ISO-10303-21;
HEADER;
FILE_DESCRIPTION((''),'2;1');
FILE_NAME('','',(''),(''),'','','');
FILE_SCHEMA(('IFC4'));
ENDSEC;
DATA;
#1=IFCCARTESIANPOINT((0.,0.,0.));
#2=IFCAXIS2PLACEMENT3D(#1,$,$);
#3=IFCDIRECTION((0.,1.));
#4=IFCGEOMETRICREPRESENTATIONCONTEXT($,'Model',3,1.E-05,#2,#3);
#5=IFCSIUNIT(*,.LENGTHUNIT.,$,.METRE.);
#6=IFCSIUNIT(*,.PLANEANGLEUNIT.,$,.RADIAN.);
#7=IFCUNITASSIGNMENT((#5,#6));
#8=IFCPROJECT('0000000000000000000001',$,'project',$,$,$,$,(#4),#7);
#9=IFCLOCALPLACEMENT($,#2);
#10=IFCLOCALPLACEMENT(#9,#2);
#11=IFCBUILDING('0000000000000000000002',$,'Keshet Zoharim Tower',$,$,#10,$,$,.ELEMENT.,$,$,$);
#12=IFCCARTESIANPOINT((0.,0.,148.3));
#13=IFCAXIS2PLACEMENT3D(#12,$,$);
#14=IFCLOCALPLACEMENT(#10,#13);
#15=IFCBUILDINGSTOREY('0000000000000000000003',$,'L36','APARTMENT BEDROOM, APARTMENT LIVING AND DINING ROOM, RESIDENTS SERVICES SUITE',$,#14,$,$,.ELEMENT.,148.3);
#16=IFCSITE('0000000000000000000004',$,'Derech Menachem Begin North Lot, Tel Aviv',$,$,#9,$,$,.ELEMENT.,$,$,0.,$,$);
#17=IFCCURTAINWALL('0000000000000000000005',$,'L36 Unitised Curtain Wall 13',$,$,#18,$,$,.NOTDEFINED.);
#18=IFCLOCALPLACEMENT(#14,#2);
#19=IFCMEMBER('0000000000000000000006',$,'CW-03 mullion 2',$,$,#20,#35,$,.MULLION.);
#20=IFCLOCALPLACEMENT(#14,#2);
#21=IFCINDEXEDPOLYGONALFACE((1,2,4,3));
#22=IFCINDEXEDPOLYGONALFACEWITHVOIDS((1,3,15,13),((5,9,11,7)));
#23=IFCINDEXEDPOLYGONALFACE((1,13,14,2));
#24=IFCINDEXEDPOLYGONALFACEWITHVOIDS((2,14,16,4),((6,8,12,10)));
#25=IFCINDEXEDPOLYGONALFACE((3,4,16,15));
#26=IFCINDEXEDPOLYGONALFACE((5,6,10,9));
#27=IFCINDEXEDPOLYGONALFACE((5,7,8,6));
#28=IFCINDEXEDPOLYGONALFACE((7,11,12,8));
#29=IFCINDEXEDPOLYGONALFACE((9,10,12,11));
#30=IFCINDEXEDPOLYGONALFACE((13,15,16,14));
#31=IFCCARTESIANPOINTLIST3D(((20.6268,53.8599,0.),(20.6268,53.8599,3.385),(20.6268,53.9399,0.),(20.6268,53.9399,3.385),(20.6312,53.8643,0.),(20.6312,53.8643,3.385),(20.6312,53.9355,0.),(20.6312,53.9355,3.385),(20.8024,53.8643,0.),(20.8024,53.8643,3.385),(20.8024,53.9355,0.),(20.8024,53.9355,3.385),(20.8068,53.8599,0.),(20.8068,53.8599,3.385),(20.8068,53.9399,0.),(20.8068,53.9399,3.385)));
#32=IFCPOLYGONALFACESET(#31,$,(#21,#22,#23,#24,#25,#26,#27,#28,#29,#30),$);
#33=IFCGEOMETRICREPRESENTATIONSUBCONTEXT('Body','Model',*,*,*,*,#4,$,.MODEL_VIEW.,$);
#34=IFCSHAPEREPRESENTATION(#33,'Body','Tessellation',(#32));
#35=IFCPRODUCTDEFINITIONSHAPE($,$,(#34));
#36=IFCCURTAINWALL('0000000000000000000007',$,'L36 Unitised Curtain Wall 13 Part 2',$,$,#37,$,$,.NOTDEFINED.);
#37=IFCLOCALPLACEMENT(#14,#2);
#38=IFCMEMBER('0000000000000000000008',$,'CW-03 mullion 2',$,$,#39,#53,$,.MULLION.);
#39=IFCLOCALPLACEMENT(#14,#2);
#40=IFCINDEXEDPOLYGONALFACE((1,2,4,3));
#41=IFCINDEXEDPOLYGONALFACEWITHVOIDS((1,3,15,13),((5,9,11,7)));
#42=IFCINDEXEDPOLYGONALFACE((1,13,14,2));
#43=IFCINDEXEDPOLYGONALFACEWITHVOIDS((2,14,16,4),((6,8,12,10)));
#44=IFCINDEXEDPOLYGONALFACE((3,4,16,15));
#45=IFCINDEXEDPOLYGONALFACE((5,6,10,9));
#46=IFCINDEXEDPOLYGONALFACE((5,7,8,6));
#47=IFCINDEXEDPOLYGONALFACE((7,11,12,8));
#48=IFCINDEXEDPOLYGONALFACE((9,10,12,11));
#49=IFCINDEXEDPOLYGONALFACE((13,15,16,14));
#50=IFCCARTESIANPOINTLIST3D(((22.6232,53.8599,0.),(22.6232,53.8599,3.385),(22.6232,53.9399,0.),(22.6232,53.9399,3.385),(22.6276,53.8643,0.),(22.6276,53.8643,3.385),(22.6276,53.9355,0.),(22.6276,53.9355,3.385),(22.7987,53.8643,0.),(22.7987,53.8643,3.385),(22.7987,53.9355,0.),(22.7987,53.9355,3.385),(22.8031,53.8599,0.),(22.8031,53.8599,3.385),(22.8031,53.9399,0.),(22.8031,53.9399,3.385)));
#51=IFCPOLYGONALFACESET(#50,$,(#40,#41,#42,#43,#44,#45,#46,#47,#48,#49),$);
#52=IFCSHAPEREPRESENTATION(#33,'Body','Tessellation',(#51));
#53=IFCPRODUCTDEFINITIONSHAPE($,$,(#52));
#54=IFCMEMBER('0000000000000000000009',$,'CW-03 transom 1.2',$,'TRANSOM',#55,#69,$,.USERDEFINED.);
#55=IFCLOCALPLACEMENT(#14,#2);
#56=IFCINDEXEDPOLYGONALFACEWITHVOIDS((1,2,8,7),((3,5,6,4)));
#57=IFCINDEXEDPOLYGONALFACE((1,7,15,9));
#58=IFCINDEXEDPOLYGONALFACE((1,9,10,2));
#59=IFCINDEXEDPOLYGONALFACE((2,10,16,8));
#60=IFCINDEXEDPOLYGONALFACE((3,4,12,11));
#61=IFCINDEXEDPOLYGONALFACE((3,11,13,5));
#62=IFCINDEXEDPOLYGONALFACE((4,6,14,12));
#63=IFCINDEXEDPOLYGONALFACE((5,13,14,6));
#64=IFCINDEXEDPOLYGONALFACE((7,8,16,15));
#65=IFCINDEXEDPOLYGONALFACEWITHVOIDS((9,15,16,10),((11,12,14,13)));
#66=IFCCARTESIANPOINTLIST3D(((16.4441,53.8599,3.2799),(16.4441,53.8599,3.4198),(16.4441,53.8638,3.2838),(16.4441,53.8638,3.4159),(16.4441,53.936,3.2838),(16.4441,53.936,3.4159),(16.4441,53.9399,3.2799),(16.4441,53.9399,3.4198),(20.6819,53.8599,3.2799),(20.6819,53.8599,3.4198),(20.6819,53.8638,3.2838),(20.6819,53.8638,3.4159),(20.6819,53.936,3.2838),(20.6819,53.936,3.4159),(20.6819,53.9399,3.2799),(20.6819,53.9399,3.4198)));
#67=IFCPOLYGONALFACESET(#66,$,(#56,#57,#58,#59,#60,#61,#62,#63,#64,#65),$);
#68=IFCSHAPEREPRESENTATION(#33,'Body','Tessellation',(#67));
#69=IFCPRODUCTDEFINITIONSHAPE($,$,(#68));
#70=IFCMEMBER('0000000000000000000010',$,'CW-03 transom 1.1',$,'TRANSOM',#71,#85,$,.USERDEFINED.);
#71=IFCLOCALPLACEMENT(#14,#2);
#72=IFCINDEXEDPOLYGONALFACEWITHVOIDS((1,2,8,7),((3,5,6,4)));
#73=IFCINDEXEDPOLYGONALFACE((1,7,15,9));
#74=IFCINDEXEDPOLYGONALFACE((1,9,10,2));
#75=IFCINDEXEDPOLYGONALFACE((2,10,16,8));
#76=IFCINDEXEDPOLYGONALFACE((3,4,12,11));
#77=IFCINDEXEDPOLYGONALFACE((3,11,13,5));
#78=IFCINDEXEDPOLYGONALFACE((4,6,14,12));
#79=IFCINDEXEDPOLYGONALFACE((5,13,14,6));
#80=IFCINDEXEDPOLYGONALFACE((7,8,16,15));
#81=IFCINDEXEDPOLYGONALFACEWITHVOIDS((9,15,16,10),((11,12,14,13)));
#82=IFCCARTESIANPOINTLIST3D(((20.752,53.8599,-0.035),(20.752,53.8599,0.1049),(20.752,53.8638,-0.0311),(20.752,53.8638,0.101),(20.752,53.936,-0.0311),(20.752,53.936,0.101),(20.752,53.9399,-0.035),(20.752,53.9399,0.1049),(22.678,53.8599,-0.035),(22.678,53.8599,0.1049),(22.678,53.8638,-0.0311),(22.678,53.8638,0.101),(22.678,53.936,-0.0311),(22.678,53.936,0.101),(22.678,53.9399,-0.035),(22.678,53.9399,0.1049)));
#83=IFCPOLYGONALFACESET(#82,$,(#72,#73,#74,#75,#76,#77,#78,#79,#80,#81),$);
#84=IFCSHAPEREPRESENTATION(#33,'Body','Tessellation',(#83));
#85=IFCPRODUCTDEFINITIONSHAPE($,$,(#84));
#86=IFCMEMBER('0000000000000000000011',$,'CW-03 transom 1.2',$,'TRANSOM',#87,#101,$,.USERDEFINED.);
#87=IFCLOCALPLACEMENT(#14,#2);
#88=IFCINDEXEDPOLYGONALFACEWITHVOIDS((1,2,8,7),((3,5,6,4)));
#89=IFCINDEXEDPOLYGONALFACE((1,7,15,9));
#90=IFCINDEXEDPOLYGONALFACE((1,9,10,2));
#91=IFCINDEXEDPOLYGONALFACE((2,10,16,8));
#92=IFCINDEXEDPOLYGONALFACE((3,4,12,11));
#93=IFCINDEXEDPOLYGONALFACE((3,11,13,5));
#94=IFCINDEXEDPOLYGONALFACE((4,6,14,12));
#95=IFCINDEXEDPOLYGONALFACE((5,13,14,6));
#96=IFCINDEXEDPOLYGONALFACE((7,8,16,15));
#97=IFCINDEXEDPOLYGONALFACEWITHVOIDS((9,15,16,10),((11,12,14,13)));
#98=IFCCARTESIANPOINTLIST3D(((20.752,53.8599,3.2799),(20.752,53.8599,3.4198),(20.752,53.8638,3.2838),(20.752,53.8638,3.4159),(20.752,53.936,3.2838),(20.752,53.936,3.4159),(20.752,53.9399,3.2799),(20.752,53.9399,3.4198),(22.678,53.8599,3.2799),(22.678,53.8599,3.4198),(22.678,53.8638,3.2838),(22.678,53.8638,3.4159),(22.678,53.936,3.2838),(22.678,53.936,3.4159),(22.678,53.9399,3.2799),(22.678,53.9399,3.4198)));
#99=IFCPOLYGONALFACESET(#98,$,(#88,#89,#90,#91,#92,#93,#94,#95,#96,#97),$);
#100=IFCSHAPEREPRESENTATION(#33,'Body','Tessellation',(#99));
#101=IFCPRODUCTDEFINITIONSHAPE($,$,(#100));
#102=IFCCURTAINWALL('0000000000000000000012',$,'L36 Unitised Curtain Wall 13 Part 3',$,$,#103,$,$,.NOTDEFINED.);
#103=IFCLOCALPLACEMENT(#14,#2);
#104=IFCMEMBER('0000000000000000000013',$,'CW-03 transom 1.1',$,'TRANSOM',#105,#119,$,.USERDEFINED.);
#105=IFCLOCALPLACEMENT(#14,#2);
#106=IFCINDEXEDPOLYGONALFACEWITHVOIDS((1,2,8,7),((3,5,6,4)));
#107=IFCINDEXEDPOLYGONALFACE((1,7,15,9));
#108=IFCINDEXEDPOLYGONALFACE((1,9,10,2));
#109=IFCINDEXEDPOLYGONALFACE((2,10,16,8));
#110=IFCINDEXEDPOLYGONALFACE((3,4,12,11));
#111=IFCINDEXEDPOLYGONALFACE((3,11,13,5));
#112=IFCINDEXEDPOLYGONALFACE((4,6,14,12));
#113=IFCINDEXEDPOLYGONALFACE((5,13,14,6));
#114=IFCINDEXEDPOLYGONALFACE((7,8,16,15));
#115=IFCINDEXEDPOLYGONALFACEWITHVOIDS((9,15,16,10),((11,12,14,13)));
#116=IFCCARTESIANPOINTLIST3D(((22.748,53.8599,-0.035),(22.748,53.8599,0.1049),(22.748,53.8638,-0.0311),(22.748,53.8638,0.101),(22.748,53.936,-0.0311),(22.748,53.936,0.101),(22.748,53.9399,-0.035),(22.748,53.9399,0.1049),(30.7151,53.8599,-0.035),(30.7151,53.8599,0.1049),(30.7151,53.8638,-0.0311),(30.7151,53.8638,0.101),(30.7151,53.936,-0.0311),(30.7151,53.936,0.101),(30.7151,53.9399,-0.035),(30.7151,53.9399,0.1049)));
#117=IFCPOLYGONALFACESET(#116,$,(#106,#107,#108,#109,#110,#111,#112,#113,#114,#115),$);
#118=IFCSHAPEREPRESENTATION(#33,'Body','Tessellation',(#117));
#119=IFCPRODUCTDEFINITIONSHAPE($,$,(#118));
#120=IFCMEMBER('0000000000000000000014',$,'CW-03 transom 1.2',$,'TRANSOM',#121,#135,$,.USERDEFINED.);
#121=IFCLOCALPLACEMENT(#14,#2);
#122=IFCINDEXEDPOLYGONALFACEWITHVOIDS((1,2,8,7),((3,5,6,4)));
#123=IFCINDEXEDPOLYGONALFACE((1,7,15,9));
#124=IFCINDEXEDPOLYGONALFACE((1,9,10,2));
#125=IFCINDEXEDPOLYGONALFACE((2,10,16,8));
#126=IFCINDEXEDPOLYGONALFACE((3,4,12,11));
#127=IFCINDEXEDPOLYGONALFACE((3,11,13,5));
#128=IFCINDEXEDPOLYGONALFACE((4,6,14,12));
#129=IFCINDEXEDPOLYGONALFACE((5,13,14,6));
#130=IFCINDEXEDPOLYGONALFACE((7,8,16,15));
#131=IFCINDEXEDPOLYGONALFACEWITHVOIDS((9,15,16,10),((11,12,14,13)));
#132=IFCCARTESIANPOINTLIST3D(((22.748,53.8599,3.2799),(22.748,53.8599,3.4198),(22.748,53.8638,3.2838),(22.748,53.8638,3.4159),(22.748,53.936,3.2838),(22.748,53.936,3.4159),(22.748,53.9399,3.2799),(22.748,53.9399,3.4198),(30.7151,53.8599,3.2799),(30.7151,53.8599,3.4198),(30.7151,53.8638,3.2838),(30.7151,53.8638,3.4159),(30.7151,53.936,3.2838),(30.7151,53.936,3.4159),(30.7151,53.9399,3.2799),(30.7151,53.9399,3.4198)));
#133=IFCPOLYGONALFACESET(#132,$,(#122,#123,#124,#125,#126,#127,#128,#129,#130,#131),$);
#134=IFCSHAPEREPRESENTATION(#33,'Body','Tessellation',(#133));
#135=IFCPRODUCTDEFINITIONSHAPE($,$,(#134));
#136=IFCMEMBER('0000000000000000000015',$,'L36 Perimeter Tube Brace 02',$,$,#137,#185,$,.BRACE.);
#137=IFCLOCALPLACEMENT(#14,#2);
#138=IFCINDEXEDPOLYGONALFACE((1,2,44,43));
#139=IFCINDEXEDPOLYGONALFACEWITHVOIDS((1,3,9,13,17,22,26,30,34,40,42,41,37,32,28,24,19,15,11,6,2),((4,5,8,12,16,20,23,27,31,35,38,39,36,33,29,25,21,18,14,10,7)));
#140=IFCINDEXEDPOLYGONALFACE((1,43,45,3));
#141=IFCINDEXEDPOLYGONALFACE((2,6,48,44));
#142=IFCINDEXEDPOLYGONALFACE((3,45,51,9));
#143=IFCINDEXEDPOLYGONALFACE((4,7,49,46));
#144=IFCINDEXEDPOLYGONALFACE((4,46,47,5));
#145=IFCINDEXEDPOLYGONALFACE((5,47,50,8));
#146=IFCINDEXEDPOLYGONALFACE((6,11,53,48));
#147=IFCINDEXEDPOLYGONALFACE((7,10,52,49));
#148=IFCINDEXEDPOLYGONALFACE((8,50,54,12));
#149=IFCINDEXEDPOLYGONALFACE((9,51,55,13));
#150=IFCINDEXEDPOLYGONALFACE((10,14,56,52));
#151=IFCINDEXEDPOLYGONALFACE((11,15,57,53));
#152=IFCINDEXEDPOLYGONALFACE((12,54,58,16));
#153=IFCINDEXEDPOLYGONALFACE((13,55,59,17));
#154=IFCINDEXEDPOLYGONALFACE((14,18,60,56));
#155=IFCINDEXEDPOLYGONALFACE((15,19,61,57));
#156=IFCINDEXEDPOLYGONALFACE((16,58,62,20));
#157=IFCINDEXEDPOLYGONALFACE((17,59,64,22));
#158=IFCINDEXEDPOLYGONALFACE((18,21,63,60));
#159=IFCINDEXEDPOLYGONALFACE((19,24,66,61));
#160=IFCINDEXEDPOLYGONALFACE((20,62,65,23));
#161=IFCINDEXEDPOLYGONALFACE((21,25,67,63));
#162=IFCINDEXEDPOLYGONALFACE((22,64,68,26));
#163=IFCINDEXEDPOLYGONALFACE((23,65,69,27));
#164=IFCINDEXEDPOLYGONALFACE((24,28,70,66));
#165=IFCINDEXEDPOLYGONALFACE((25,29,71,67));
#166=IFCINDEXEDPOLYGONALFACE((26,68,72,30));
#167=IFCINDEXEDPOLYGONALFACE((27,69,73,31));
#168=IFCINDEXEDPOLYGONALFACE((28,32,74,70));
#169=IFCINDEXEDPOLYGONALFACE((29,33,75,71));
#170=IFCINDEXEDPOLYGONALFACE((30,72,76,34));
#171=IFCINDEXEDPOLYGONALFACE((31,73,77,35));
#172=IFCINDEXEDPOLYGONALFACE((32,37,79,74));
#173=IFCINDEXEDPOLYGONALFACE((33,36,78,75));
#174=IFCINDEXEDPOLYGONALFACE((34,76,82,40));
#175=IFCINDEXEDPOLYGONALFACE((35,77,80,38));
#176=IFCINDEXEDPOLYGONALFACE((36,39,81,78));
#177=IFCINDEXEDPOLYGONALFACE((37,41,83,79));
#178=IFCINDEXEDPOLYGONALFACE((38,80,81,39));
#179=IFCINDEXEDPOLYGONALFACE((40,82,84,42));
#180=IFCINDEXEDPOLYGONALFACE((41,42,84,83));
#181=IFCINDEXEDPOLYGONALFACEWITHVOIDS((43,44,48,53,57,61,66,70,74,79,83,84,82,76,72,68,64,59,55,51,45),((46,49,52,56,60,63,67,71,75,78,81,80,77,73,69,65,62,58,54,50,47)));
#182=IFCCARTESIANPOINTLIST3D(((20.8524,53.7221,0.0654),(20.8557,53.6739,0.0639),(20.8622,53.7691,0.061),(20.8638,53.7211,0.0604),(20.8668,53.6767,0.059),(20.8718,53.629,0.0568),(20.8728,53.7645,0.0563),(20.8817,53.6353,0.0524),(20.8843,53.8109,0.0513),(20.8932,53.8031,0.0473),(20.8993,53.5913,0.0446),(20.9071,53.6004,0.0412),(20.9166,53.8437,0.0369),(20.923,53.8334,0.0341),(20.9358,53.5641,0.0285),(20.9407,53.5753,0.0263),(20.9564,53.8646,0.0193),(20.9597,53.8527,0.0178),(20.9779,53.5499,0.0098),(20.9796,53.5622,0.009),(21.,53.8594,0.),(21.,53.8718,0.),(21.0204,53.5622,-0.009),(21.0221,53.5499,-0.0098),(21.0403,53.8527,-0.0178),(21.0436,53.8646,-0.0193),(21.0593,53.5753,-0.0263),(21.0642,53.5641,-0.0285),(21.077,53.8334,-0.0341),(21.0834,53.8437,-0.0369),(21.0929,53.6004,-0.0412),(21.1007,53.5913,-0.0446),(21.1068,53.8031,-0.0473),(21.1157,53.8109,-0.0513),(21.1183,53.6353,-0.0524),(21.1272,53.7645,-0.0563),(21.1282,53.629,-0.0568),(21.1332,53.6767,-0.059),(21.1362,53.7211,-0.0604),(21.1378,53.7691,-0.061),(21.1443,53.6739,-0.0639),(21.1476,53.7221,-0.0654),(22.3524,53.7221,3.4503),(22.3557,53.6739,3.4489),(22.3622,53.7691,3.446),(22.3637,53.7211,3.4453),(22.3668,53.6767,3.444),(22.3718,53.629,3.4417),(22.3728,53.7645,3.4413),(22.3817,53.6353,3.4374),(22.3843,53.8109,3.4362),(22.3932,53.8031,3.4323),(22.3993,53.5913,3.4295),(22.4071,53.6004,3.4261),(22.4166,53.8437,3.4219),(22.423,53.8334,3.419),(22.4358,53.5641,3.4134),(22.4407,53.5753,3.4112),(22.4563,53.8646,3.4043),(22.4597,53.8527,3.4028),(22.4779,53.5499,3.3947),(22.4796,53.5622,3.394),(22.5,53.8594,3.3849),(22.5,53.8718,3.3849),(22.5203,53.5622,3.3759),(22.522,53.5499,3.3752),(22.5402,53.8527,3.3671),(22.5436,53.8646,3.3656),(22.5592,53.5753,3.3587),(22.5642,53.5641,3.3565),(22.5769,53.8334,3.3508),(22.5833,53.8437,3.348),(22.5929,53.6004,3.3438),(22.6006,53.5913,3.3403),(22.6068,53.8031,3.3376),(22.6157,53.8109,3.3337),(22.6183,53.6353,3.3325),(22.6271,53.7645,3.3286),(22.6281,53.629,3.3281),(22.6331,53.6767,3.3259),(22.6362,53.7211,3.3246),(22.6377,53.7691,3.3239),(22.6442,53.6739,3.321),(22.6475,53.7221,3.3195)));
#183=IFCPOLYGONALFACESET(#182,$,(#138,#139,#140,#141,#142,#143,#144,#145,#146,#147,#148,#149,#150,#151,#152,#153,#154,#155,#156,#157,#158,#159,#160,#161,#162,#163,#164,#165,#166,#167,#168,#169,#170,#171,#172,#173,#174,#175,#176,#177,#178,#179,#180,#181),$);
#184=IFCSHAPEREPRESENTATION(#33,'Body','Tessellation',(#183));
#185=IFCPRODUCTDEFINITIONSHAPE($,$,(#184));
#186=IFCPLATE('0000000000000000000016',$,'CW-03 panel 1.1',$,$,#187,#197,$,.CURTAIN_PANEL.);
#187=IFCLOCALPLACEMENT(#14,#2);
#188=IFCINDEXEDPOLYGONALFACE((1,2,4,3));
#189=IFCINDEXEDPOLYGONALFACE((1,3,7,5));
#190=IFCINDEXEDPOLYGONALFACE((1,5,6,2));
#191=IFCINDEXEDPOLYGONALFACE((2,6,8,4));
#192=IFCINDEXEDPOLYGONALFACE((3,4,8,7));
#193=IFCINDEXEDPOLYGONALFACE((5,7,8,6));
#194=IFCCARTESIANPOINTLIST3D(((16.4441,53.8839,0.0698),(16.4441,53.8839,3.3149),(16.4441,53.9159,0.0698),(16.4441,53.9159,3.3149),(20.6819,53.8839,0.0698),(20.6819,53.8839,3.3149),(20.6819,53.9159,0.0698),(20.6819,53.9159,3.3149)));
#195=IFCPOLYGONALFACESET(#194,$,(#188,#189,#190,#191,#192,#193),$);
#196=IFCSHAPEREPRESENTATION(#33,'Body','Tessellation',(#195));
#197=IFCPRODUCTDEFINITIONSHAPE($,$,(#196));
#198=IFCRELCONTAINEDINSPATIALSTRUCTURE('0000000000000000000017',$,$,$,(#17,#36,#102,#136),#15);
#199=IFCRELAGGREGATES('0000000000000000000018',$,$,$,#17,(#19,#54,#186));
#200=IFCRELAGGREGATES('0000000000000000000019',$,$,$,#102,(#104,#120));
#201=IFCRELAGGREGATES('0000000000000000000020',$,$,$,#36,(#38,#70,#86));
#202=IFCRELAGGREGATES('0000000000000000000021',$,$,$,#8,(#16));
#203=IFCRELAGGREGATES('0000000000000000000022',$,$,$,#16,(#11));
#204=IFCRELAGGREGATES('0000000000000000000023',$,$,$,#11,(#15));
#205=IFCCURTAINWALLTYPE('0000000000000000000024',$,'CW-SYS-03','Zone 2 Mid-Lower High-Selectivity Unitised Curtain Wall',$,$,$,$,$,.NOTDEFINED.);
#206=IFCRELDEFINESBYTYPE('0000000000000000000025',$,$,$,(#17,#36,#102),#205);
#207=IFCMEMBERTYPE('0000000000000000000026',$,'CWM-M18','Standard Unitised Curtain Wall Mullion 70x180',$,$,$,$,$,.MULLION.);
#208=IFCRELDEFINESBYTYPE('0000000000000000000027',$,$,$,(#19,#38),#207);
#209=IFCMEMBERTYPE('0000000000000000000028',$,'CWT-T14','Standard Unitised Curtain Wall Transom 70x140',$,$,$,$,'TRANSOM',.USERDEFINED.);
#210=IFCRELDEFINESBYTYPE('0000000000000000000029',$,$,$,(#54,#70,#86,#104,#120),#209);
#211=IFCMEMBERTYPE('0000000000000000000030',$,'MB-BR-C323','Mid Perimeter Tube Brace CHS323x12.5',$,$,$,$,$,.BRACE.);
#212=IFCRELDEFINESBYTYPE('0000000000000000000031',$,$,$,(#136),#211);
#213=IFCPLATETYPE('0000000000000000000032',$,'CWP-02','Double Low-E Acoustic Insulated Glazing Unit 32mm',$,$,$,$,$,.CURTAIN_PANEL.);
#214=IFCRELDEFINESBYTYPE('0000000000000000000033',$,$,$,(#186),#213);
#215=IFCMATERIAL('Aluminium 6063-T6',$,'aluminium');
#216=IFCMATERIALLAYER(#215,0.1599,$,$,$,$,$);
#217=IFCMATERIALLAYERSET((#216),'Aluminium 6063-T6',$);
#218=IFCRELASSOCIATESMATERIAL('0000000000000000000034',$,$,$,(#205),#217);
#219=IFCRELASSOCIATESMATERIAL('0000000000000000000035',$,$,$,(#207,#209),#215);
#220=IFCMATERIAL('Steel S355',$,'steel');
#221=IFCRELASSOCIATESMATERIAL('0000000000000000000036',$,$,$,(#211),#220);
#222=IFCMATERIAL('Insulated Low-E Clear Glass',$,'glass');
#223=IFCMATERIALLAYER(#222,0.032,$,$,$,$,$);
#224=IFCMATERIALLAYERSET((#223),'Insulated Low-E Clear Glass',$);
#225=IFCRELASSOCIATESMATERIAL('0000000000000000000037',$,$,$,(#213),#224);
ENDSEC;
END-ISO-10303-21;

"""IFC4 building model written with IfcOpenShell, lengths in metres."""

from ifc_helpers import new_model, si_unit, direction, frame, origin, origin_2d, place, context, subcontext, project, spatial, rectangle, hollow_rectangle, hollow_circle, extrude, material, layer, layer_set, material_profile, profile_set, type_object, element, aggregate, save


model = new_model("IFC4")

# Units and contexts
model_context = context("Model", 3, precision=1e-05, world=origin(), true_north=direction((0.0, 1.0)))
body_context = subcontext(model_context, "Body", "Model", "MODEL_VIEW")
ifc_project = project(units=[si_unit("LENGTHUNIT", "METRE"), si_unit("PLANEANGLEUNIT", "RADIAN")], contexts=[model_context])

# Site, building, storey
site_placement = place(None, origin())
site = spatial("IfcSite", under=ifc_project, at=site_placement, Name="Derech Menachem Begin North Lot, Tel Aviv", CompositionType="ELEMENT", RefElevation=0.0)
building_placement = place(site_placement, origin())
building = spatial("IfcBuilding", under=site, at=building_placement, Name="Keshet Zoharim Tower", CompositionType="ELEMENT")
storey_placement = place(building_placement, frame((0.0, 0.0, 148.3)))
storey = spatial("IfcBuildingStorey", under=building, at=storey_placement, Name="L36", Description="APARTMENT BEDROOM, APARTMENT LIVING AND DINING ROOM, RESIDENTS SERVICES SUITE", CompositionType="ELEMENT", Elevation=148.3)

# Shared definitions
ifc_material_1 = material(Name="Steel S355", Category="steel")

# Curtain walls, members
ifc_material_2 = material(Name="Aluminium 6063-T6", Category="aluminium")
ifc_layer_1 = layer(ifc_material_2, 0.1599)
ifc_layer_set_1 = layer_set([ifc_layer_1], Name="Aluminium 6063-T6")
curtain_wall_type = type_object("IfcCurtainWallType", Name="CW-SYS-03", Description="Zone 2 Mid-Lower High-Selectivity Unitised Curtain Wall", PredefinedType="NOTDEFINED", material=ifc_layer_set_1)
curtain_wall_1_placement = place(storey_placement, origin())
curtain_wall_1 = element("IfcCurtainWall", 1, at=curtain_wall_1_placement, inside=storey, type_object=curtain_wall_type, Name="L36 Unitised Curtain Wall 13", PredefinedType="NOTDEFINED")
ifc_material_profile_1 = material_profile(ifc_material_2, hollow_rectangle(XDim=0.0801, YDim=0.1799, WallThickness=0.0044, at=origin_2d()), Name="MUL-80x180")
ifc_profile_set_1 = profile_set([ifc_material_profile_1], Name="Aluminium 6063-T6")
member_type_1 = type_object("IfcMemberType", Name="CWM-M18", Description="Standard Unitised Curtain Wall Mullion 70x180", PredefinedType="MULLION", material=ifc_profile_set_1)
member_1_placement = place(storey_placement, frame((20.7168, 53.8999, 0.0), z_axis=(0.0, 0.0, 1.0), x_axis=(0.0, 1.0, 0.0)))
member_1 = element("IfcMember", 2, at=member_1_placement, type_object=member_type_1, Name="CW-03 mullion 2", PredefinedType="MULLION", context=body_context, shape_type="SweptSolid", body=[
    extrude(hollow_rectangle(XDim=0.0801, YDim=0.1799, WallThickness=0.0044, at=origin_2d()), origin(), (0.0, 0.0, 1.0), 3.385),
])
curtain_wall_2_placement = place(storey_placement, origin())
curtain_wall_2 = element("IfcCurtainWall", 3, at=curtain_wall_2_placement, inside=storey, type_object=curtain_wall_type, Name="L36 Unitised Curtain Wall 13 Part 2", PredefinedType="NOTDEFINED")
member_2_placement = place(storey_placement, frame((22.7131, 53.8999, 0.0), z_axis=(0.0, 0.0, 1.0), x_axis=(0.0, 1.0, 0.0)))
member_2 = element("IfcMember", 4, at=member_2_placement, type_object=member_type_1, Name="CW-03 mullion 2", PredefinedType="MULLION", context=body_context, shape_type="SweptSolid", body=[
    extrude(hollow_rectangle(XDim=0.0801, YDim=0.1799, WallThickness=0.0044, at=origin_2d()), origin(), (0.0, 0.0, 1.0), 3.385),
])

# Members
ifc_material_profile_2 = material_profile(ifc_material_2, hollow_rectangle(XDim=0.0801, YDim=0.1399, WallThickness=0.0039, at=origin_2d()), Name="TRN-80x140")
ifc_profile_set_2 = profile_set([ifc_material_profile_2], Name="Aluminium 6063-T6")
member_type_2 = type_object("IfcMemberType", Name="CWT-T14", Description="Standard Unitised Curtain Wall Transom 70x140", ElementType="TRANSOM", PredefinedType="USERDEFINED", material=ifc_profile_set_2)
member_3_placement = place(storey_placement, frame((16.4441, 53.8999, 3.3499), z_axis=(1.0, 0.0, 0.0), x_axis=(0.0, 1.0, 0.0)))
member_3 = element("IfcMember", 5, at=member_3_placement, type_object=member_type_2, Name="CW-03 transom 1.2", ObjectType="TRANSOM", PredefinedType="USERDEFINED", context=body_context, shape_type="SweptSolid", body=[
    extrude(hollow_rectangle(XDim=0.0801, YDim=0.1399, WallThickness=0.0039, at=origin_2d()), origin(), (0.0, 0.0, 1.0), 4.2378),
])
member_4_placement = place(storey_placement, frame((20.752, 53.8999, 0.0349), z_axis=(1.0, 0.0, 0.0), x_axis=(0.0, 1.0, 0.0)))
member_4 = element("IfcMember", 6, at=member_4_placement, type_object=member_type_2, Name="CW-03 transom 1.1", ObjectType="TRANSOM", PredefinedType="USERDEFINED", context=body_context, shape_type="SweptSolid", body=[
    extrude(hollow_rectangle(XDim=0.0801, YDim=0.1399, WallThickness=0.0039, at=origin_2d()), origin(), (0.0, 0.0, 1.0), 1.926),
])
member_5_placement = place(storey_placement, frame((20.752, 53.8999, 3.3499), z_axis=(1.0, 0.0, 0.0), x_axis=(0.0, 1.0, 0.0)))
member_5 = element("IfcMember", 7, at=member_5_placement, type_object=member_type_2, Name="CW-03 transom 1.2", ObjectType="TRANSOM", PredefinedType="USERDEFINED", context=body_context, shape_type="SweptSolid", body=[
    extrude(hollow_rectangle(XDim=0.0801, YDim=0.1399, WallThickness=0.0039, at=origin_2d()), origin(), (0.0, 0.0, 1.0), 1.926),
])

# Curtain wall, members
curtain_wall_3_placement = place(storey_placement, origin())
curtain_wall_3 = element("IfcCurtainWall", 8, at=curtain_wall_3_placement, inside=storey, type_object=curtain_wall_type, Name="L36 Unitised Curtain Wall 13 Part 3", PredefinedType="NOTDEFINED")
member_6_placement = place(storey_placement, frame((22.748, 53.8999, 0.0349), z_axis=(1.0, 0.0, 0.0), x_axis=(0.0, 1.0, 0.0)))
member_6 = element("IfcMember", 9, at=member_6_placement, type_object=member_type_2, Name="CW-03 transom 1.1", ObjectType="TRANSOM", PredefinedType="USERDEFINED", context=body_context, shape_type="SweptSolid", body=[
    extrude(hollow_rectangle(XDim=0.0801, YDim=0.1399, WallThickness=0.0039, at=origin_2d()), origin(), (0.0, 0.0, 1.0), 7.967),
])
member_7_placement = place(storey_placement, frame((22.748, 53.8999, 3.3499), z_axis=(1.0, 0.0, 0.0), x_axis=(0.0, 1.0, 0.0)))
member_7 = element("IfcMember", 10, at=member_7_placement, type_object=member_type_2, Name="CW-03 transom 1.2", ObjectType="TRANSOM", PredefinedType="USERDEFINED", context=body_context, shape_type="SweptSolid", body=[
    extrude(hollow_rectangle(XDim=0.0801, YDim=0.1399, WallThickness=0.0039, at=origin_2d()), origin(), (0.0, 0.0, 1.0), 7.967),
])

# Member
ifc_material_profile_3 = material_profile(ifc_material_1, hollow_circle(Radius=0.1619, WallThickness=0.0125, at=origin_2d()), Name="CHS323x12.5")
ifc_profile_set_3 = profile_set([ifc_material_profile_3], Name="Steel S355")
member_type_3 = type_object("IfcMemberType", Name="MB-BR-C323", Description="Mid Perimeter Tube Brace CHS323x12.5", PredefinedType="BRACE", material=ifc_profile_set_3)
member_8_placement = place(storey_placement, frame((21.0, 53.71, 0.0), z_axis=(0.405135, 0.0, 0.914257), x_axis=(0.0, 1.0, 0.0)))
element("IfcMember", 11, at=member_8_placement, inside=storey, type_object=member_type_3, Name="L36 Perimeter Tube Brace 02", PredefinedType="BRACE", context=body_context, shape_type="SweptSolid", body=[
    extrude(hollow_circle(Radius=0.1619, WallThickness=0.0125, at=origin_2d()), origin(), (0.0, 0.0, 1.0), 3.7024),
])

# Plate
ifc_material_3 = material(Name="Insulated Low-E Clear Glass", Category="glass")
ifc_layer_2 = layer(ifc_material_3, 0.032)
ifc_layer_set_2 = layer_set([ifc_layer_2], Name="Insulated Low-E Clear Glass")
plate_type_1 = type_object("IfcPlateType", Name="CWP-02", Description="Double Low-E Acoustic Insulated Glazing Unit 32mm", PredefinedType="CURTAIN_PANEL", material=ifc_layer_set_2)
plate_1_placement = place(storey_placement, frame((18.563, 53.8999, 0.0698), z_axis=(0.0, 0.0, 1.0), x_axis=(1.0, 0.0, 0.0)))
plate_1 = element("IfcPlate", 12, at=plate_1_placement, type_object=plate_type_1, Name="CW-03 panel 1.1", PredefinedType="CURTAIN_PANEL", context=body_context, shape_type="SweptSolid", body=[
    extrude(rectangle(XDim=4.2378, YDim=0.032, at=origin_2d()), origin(), (0.0, 0.0, 1.0), 3.2451),
])
aggregate(curtain_wall_1, [member_1, member_3, plate_1])
aggregate(curtain_wall_3, [member_6, member_7])
aggregate(curtain_wall_2, [member_2, member_4, member_5])

save(model, "model.ifc")
